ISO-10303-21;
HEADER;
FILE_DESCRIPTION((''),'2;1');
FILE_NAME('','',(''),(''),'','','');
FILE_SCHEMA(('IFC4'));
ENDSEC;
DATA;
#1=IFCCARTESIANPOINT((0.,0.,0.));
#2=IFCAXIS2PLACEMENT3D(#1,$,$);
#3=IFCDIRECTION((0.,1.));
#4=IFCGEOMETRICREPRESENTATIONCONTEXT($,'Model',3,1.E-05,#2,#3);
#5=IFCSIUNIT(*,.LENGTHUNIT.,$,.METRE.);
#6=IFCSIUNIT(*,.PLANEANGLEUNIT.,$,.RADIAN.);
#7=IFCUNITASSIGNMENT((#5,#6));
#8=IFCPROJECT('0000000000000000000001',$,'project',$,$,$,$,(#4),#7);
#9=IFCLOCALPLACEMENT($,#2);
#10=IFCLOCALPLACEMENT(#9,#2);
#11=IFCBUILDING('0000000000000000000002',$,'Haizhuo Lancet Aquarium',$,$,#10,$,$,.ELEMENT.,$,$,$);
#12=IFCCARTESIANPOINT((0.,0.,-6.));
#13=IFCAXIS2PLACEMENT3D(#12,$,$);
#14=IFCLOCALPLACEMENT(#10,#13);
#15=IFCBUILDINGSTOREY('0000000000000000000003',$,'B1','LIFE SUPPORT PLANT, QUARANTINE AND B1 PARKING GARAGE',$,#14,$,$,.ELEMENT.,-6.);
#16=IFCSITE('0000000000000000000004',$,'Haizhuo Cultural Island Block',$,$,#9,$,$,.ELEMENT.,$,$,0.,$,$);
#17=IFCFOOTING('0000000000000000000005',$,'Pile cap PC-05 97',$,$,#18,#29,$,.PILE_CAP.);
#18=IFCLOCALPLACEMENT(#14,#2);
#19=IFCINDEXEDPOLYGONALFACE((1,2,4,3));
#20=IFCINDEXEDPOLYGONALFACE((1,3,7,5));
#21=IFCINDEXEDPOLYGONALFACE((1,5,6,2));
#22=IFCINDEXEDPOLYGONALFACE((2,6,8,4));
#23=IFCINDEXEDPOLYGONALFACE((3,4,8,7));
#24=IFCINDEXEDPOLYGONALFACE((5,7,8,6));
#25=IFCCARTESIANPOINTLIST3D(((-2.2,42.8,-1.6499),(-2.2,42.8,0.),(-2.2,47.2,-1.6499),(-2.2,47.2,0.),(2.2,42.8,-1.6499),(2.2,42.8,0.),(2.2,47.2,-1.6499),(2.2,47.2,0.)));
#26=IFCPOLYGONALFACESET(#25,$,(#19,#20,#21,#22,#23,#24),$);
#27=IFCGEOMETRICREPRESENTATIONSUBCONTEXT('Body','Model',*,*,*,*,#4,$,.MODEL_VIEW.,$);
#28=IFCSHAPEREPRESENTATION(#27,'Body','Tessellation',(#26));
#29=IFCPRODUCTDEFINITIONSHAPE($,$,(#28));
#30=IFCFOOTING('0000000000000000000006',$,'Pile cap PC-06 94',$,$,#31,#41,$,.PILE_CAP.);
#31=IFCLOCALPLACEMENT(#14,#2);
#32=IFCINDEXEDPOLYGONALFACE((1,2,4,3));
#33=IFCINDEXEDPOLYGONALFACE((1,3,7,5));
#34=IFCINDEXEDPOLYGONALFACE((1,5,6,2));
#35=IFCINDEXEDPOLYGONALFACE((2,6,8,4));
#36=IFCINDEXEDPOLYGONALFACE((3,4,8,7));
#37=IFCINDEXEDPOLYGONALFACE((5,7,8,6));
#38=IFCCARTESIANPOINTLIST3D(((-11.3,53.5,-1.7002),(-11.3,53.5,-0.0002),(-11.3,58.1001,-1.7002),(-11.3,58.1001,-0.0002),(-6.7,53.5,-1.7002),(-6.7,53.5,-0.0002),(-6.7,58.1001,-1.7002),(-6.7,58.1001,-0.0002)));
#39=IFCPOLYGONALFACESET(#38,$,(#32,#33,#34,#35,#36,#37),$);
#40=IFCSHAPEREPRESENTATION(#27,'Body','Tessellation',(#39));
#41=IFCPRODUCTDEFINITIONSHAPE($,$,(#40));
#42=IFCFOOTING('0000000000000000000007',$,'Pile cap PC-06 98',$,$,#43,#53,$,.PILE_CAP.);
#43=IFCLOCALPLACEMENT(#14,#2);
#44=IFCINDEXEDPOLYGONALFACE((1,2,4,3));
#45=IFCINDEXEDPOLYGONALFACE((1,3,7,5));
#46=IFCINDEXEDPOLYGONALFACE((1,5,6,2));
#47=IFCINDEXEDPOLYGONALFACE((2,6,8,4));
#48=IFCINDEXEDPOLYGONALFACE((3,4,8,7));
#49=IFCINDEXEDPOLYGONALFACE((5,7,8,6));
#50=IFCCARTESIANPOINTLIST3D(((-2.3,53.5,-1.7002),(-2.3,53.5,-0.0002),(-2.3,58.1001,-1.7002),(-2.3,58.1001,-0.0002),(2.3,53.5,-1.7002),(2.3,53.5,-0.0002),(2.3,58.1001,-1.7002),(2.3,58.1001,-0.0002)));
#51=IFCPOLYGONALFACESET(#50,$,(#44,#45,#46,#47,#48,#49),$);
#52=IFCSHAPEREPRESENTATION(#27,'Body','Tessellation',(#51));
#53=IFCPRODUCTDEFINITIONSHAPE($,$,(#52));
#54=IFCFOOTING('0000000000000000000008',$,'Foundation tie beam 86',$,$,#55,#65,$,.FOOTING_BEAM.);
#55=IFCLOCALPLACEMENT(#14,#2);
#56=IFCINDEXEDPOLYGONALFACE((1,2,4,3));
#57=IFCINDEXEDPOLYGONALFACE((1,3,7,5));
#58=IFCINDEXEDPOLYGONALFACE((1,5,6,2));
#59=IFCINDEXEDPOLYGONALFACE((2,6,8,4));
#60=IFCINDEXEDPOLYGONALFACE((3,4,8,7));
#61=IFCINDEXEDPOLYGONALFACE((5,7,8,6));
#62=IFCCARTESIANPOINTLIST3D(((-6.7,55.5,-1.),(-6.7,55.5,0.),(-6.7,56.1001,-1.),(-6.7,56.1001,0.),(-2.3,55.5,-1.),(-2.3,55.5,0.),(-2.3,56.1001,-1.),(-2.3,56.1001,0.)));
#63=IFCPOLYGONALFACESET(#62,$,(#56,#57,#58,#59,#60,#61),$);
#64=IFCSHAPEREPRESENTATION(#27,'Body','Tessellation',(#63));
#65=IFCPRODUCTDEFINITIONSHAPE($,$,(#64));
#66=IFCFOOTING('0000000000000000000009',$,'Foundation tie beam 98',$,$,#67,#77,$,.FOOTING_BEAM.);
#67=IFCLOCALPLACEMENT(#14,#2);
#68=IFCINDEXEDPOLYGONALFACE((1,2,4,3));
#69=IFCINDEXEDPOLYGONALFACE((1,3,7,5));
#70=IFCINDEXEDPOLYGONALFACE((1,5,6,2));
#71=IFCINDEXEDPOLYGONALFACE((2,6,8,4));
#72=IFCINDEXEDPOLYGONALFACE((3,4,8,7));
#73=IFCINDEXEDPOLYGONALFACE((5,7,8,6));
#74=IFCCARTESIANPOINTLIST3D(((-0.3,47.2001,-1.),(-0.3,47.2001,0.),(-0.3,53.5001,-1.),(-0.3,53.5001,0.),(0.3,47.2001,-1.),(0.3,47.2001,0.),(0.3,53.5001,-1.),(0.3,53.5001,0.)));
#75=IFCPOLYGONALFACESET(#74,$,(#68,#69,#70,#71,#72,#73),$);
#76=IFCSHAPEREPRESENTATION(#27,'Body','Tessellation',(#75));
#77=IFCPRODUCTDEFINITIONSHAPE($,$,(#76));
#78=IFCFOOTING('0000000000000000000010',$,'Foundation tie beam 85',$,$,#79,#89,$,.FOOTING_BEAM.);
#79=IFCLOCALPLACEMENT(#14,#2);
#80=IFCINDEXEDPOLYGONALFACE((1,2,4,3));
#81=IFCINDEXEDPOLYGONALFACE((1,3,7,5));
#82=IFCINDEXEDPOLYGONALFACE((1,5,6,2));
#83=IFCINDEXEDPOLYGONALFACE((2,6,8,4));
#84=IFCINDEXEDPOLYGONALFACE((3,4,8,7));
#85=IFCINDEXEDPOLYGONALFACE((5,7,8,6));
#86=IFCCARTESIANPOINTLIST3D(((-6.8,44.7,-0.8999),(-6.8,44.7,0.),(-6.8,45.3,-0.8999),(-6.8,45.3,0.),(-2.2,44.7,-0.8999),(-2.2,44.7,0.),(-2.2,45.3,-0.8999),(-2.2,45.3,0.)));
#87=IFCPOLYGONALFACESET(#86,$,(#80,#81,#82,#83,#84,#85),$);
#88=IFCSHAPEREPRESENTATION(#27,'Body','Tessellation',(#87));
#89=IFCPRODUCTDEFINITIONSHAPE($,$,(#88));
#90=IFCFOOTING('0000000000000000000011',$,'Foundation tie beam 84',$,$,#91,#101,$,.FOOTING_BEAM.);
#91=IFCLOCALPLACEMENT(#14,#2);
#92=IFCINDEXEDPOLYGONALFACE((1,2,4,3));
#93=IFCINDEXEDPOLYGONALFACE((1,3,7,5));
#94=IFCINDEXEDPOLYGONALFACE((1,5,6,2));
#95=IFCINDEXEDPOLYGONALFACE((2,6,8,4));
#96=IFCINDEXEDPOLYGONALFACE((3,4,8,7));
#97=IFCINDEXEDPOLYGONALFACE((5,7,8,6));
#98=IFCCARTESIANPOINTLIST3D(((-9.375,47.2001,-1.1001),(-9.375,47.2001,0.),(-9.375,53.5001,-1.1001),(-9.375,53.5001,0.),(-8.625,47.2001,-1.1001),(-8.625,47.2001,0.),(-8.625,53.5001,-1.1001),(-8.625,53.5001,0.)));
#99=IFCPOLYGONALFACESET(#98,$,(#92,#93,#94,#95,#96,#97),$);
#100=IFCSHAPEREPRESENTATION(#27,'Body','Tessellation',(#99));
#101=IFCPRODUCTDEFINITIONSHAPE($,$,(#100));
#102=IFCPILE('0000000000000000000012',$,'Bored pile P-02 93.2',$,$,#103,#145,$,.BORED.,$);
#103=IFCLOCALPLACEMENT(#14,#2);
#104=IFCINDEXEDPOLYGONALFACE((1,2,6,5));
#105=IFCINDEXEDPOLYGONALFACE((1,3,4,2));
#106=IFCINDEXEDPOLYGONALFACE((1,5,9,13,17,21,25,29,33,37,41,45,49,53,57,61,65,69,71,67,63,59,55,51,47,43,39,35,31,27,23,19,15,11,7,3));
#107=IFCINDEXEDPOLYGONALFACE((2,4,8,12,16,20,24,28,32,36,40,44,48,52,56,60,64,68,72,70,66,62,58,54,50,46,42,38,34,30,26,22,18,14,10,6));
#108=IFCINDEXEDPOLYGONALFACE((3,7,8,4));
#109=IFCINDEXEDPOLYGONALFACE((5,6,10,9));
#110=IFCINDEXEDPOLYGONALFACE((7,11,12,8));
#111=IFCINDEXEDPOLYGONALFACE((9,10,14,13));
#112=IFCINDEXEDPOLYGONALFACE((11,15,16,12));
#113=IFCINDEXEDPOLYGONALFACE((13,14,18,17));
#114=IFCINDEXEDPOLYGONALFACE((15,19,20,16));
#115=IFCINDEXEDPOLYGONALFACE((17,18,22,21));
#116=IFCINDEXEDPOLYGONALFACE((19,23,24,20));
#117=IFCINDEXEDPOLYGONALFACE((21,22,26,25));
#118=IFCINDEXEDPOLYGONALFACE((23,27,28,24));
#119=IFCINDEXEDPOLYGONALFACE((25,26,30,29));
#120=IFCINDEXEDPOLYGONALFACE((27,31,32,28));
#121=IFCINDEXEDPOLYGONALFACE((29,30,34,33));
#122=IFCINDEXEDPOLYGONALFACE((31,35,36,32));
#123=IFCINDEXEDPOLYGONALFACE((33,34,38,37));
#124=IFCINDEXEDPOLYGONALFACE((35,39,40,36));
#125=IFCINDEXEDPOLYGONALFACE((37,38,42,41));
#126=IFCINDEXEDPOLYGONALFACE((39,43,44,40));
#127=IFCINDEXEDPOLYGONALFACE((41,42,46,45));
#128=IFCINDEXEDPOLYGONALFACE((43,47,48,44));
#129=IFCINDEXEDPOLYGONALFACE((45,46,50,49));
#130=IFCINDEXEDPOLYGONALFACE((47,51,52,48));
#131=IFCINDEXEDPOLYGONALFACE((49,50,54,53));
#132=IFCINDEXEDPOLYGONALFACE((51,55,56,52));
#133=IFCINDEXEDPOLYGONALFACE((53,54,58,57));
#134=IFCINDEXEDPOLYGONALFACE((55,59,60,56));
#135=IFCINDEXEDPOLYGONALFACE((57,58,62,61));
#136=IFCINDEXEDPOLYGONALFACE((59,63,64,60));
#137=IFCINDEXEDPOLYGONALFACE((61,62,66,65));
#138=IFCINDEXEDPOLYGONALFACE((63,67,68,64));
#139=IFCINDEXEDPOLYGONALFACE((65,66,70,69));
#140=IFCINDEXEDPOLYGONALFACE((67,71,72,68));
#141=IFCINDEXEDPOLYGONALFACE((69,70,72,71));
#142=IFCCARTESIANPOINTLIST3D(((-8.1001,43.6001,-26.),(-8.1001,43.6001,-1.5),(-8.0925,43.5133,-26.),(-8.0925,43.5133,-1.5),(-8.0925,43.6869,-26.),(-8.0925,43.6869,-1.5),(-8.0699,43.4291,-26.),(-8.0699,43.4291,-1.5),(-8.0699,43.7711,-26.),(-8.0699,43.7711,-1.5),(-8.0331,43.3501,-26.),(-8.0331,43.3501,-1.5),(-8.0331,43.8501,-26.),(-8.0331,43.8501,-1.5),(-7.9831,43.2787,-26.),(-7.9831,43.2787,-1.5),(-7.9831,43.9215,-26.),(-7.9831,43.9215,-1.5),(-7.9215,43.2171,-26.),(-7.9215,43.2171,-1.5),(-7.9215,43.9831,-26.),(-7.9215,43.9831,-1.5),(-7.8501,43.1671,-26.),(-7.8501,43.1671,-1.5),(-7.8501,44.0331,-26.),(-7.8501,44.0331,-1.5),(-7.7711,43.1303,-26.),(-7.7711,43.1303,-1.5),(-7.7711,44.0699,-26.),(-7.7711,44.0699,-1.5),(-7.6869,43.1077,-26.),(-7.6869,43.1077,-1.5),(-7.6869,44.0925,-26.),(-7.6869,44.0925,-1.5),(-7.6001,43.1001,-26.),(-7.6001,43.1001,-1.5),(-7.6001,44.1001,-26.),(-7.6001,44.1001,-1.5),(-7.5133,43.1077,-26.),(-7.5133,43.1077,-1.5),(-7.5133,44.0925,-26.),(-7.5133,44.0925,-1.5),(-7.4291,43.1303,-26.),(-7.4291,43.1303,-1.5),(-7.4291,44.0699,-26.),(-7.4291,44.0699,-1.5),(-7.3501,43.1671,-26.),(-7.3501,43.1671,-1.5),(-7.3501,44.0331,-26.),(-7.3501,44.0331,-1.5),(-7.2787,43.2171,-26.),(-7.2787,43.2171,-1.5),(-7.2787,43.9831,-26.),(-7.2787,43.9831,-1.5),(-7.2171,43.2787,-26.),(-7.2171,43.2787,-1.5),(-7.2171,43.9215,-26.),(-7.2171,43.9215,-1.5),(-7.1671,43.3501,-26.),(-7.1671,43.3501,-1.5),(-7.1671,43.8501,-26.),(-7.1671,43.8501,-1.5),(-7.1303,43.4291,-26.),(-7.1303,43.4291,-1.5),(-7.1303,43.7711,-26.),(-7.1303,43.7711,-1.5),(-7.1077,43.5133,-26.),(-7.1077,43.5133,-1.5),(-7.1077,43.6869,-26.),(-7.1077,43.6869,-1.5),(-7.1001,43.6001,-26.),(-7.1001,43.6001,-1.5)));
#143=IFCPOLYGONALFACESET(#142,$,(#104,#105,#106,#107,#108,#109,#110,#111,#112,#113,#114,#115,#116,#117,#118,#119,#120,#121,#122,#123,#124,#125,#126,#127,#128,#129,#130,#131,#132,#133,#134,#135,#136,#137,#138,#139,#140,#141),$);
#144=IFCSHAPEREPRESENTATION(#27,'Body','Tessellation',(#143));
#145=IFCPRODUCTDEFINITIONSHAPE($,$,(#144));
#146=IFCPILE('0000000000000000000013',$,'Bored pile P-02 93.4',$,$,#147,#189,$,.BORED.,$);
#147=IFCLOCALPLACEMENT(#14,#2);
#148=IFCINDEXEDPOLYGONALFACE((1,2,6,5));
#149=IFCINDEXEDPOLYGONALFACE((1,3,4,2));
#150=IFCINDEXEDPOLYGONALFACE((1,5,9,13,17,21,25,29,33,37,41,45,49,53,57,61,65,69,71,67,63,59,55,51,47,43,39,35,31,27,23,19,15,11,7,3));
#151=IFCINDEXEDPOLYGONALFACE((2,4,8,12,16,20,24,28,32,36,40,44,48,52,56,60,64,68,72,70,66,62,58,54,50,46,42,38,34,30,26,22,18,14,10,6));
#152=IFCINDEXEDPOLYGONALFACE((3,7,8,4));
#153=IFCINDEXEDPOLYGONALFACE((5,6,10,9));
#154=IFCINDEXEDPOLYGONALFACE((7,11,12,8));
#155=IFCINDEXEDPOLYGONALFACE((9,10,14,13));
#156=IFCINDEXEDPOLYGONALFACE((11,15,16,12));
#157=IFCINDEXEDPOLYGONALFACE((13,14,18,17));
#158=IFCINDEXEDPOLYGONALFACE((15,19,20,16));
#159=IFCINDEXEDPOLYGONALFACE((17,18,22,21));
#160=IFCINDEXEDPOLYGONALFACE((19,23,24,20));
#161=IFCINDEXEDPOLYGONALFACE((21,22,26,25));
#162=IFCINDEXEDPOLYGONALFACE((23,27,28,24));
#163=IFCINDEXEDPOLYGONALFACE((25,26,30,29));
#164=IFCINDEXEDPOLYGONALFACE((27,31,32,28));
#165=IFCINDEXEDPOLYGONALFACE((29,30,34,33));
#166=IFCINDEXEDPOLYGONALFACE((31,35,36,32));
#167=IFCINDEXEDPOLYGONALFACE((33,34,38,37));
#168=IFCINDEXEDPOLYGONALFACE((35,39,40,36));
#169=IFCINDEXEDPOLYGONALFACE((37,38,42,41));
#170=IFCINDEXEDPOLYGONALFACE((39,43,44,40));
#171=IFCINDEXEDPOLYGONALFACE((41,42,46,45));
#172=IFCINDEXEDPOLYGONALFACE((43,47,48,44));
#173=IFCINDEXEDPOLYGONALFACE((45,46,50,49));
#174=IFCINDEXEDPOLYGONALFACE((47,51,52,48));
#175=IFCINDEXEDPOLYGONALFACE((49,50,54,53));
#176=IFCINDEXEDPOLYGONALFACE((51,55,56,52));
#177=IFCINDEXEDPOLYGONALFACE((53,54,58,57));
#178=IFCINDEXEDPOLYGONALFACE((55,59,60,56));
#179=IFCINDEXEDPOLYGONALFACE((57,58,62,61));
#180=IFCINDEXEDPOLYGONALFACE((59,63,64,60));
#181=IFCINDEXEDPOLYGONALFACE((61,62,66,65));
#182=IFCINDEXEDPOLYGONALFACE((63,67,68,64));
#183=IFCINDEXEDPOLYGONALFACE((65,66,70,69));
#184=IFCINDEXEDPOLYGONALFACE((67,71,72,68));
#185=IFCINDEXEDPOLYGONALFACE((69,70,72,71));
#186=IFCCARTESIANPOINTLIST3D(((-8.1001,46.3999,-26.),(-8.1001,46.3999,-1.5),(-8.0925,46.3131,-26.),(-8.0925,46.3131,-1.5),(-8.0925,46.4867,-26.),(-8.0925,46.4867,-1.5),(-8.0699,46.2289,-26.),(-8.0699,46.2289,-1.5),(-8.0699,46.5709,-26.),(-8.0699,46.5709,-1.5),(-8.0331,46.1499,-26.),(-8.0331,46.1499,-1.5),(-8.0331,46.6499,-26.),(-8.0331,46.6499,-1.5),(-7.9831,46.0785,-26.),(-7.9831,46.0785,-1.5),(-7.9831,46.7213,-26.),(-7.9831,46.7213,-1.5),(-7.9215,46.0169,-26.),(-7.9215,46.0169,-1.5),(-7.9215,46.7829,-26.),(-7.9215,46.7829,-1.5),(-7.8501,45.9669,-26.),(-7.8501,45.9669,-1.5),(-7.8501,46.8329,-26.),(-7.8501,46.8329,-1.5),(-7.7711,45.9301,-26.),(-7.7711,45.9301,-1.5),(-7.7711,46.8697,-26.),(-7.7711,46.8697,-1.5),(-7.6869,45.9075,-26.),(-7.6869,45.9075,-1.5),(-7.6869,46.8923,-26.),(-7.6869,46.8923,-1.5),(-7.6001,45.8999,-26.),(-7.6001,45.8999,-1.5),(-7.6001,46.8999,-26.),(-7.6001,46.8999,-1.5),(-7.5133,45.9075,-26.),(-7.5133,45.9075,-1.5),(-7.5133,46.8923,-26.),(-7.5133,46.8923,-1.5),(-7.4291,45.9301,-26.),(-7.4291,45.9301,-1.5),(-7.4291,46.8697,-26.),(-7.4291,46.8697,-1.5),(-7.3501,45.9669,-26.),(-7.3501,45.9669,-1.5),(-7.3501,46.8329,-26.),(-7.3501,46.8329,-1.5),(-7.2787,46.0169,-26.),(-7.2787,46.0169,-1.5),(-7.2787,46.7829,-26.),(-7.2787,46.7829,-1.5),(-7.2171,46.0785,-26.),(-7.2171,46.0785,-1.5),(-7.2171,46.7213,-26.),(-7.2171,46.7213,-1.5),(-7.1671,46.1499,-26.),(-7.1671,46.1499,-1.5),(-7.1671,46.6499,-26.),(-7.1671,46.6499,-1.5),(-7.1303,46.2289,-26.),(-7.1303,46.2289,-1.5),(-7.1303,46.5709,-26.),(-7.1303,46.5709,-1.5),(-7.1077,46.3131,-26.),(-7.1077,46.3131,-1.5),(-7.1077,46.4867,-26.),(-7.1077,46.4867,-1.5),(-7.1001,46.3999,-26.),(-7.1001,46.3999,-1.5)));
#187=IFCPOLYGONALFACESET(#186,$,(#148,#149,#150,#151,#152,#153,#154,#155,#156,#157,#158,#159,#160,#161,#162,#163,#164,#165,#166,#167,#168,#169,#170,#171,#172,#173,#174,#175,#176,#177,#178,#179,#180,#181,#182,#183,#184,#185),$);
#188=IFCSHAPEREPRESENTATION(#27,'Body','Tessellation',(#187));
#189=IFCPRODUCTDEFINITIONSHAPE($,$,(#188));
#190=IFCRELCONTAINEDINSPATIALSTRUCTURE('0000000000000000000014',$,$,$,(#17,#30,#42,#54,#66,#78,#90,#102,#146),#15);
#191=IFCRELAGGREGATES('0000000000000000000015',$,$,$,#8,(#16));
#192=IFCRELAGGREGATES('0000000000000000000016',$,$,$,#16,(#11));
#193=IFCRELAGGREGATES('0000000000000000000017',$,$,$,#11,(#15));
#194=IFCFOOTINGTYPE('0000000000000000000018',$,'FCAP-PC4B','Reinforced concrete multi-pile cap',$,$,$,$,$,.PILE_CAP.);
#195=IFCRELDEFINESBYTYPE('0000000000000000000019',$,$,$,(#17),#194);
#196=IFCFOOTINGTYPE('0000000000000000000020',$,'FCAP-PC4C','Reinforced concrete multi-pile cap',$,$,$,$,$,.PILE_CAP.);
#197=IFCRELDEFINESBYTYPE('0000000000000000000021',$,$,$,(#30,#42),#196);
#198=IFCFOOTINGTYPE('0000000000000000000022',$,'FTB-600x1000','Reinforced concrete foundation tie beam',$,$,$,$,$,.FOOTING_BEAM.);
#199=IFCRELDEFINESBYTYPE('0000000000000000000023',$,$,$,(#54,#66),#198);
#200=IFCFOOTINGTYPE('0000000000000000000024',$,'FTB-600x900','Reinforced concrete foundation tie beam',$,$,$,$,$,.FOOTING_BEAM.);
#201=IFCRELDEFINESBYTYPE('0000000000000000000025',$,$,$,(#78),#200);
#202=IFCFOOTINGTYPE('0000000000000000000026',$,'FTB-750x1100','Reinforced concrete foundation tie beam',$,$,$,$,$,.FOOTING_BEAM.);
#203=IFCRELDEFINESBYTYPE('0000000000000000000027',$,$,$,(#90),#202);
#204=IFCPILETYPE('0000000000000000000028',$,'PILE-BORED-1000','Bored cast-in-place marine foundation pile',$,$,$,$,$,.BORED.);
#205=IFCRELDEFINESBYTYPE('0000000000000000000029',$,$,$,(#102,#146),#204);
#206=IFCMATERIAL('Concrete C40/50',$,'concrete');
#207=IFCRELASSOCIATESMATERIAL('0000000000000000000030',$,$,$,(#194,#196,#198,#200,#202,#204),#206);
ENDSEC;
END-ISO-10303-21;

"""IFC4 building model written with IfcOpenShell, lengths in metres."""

from ifc_helpers import new_model, si_unit, direction, frame, origin, origin_2d, place, context, subcontext, project, spatial, rectangle, circle, extrude, material, material_profile, profile_set, type_object, element, save


model = new_model("IFC4")

# Units and contexts
model_context = context("Model", 3, precision=1e-05, world=origin(), true_north=direction((0.0, 1.0)))
body_context = subcontext(model_context, "Body", "Model", "MODEL_VIEW")
ifc_project = project(units=[si_unit("LENGTHUNIT", "METRE"), si_unit("PLANEANGLEUNIT", "RADIAN")], contexts=[model_context])

# Site, building, storey
site_placement = place(None, origin())
site = spatial("IfcSite", under=ifc_project, at=site_placement, Name="Haizhuo Cultural Island Block", CompositionType="ELEMENT", RefElevation=0.0)
building_placement = place(site_placement, origin())
building = spatial("IfcBuilding", under=site, at=building_placement, Name="Haizhuo Lancet Aquarium", CompositionType="ELEMENT")
storey_placement = place(building_placement, frame((0.0, 0.0, -6.0)))
storey = spatial("IfcBuildingStorey", under=building, at=storey_placement, Name="B1", Description="LIFE SUPPORT PLANT, QUARANTINE AND B1 PARKING GARAGE", CompositionType="ELEMENT", Elevation=-6.0)

# Footings
ifc_material_1 = material(Name="Concrete C40/50", Category="concrete")
footing_type_1 = type_object("IfcFootingType", Name="FCAP-PC4B", Description="Reinforced concrete multi-pile cap", PredefinedType="PILE_CAP", material=ifc_material_1)
footing_1_placement = place(storey_placement, frame((0.0, 45.0, -1.6499), z_axis=(0.0, 0.0, 1.0), x_axis=(1.0, 0.0, 0.0)))
element("IfcFooting", 1, at=footing_1_placement, inside=storey, type_object=footing_type_1, Name="Pile cap PC-05 97", PredefinedType="PILE_CAP", context=body_context, shape_type="SweptSolid", body=[
    extrude(rectangle(XDim=4.3999, YDim=4.3999, at=origin_2d()), origin(), (0.0, 0.0, 1.0), 1.6499),
])
footing_type_2 = type_object("IfcFootingType", Name="FCAP-PC4C", Description="Reinforced concrete multi-pile cap", PredefinedType="PILE_CAP", material=ifc_material_1)
for number, where, z_axis, x_axis, name in (
    (2, (-9.0, 55.8, -1.7002), (0.0, 0.0, 1.0), (1.0, 0.0, 0.0), "Pile cap PC-06 94"),
    (3, (0.0, 55.8, -1.7002), (0.0, 0.0, 1.0), (1.0, 0.0, 0.0), "Pile cap PC-06 98"),
):
    element("IfcFooting", number, at=place(storey_placement, frame(where, z_axis=z_axis, x_axis=x_axis)), inside=storey, type_object=footing_type_2, Name=name, PredefinedType="PILE_CAP", context=body_context, shape_type="SweptSolid", body=[
        extrude(rectangle(XDim=4.6001, YDim=4.6001, at=origin_2d()), origin(), (0.0, 0.0, 1.0), 1.7),
    ])
footing_type_3 = type_object("IfcFootingType", Name="FTB-600x1000", Description="Reinforced concrete foundation tie beam", PredefinedType="FOOTING_BEAM", material=ifc_material_1)
footing_2_placement = place(storey_placement, frame((-4.5, 55.8, -1.0), z_axis=(0.0, 0.0, 1.0), x_axis=(1.0, 0.0, 0.0)))
element("IfcFooting", 4, at=footing_2_placement, inside=storey, type_object=footing_type_3, Name="Foundation tie beam 86", PredefinedType="FOOTING_BEAM", context=body_context, shape_type="SweptSolid", body=[
    extrude(rectangle(XDim=4.3999, YDim=0.6001, at=origin_2d()), origin(), (0.0, 0.0, 1.0), 1.0),
])
footing_3_placement = place(storey_placement, frame((0.0, 50.3501, -1.0), z_axis=(0.0, 0.0, 1.0), x_axis=(0.0, 1.0, 0.0)))
element("IfcFooting", 5, at=footing_3_placement, inside=storey, type_object=footing_type_3, Name="Foundation tie beam 98", PredefinedType="FOOTING_BEAM", context=body_context, shape_type="SweptSolid", body=[
    extrude(rectangle(XDim=6.3, YDim=0.6001, at=origin_2d()), origin(), (0.0, 0.0, 1.0), 1.0),
])
footing_type_4 = type_object("IfcFootingType", Name="FTB-600x900", Description="Reinforced concrete foundation tie beam", PredefinedType="FOOTING_BEAM", material=ifc_material_1)
footing_4_placement = place(storey_placement, frame((-4.5, 45.0, -0.8999), z_axis=(0.0, 0.0, 1.0), x_axis=(1.0, 0.0, 0.0)))
element("IfcFooting", 6, at=footing_4_placement, inside=storey, type_object=footing_type_4, Name="Foundation tie beam 85", PredefinedType="FOOTING_BEAM", context=body_context, shape_type="SweptSolid", body=[
    extrude(rectangle(XDim=4.6001, YDim=0.6001, at=origin_2d()), origin(), (0.0, 0.0, 1.0), 0.8999),
])
footing_type_5 = type_object("IfcFootingType", Name="FTB-750x1100", Description="Reinforced concrete foundation tie beam", PredefinedType="FOOTING_BEAM", material=ifc_material_1)
footing_5_placement = place(storey_placement, frame((-9.0, 50.3501, -1.1001), z_axis=(0.0, 0.0, 1.0), x_axis=(0.0, 1.0, 0.0)))
element("IfcFooting", 7, at=footing_5_placement, inside=storey, type_object=footing_type_5, Name="Foundation tie beam 84", PredefinedType="FOOTING_BEAM", context=body_context, shape_type="SweptSolid", body=[
    extrude(rectangle(XDim=6.3, YDim=0.75, at=origin_2d()), origin(), (0.0, 0.0, 1.0), 1.1001),
])

# Piles
ifc_material_profile_1 = material_profile(ifc_material_1, circle(Radius=0.5, at=origin_2d()), Name="PILE-1000")
ifc_profile_set_1 = profile_set([ifc_material_profile_1], Name="Concrete C40/50")
pile_type = type_object("IfcPileType", Name="PILE-BORED-1000", Description="Bored cast-in-place marine foundation pile", PredefinedType="BORED", material=ifc_profile_set_1)
for number, where, z_axis, x_axis, name in (
    (8, (-7.6001, 43.6001, -1.5), (0.0, 0.0, -1.0), (1.0, 0.0, 0.0), "Bored pile P-02 93.2"),
    (9, (-7.6001, 46.3999, -1.5), (0.0, 0.0, -1.0), (1.0, 0.0, 0.0), "Bored pile P-02 93.4"),
):
    element("IfcPile", number, at=place(storey_placement, frame(where, z_axis=z_axis, x_axis=x_axis)), inside=storey, type_object=pile_type, Name=name, PredefinedType="BORED", context=body_context, shape_type="SweptSolid", body=[
        extrude(circle(Radius=0.5, at=origin_2d()), origin(), (0.0, 0.0, 1.0), 24.5),
    ])

save(model, "model.ifc")
